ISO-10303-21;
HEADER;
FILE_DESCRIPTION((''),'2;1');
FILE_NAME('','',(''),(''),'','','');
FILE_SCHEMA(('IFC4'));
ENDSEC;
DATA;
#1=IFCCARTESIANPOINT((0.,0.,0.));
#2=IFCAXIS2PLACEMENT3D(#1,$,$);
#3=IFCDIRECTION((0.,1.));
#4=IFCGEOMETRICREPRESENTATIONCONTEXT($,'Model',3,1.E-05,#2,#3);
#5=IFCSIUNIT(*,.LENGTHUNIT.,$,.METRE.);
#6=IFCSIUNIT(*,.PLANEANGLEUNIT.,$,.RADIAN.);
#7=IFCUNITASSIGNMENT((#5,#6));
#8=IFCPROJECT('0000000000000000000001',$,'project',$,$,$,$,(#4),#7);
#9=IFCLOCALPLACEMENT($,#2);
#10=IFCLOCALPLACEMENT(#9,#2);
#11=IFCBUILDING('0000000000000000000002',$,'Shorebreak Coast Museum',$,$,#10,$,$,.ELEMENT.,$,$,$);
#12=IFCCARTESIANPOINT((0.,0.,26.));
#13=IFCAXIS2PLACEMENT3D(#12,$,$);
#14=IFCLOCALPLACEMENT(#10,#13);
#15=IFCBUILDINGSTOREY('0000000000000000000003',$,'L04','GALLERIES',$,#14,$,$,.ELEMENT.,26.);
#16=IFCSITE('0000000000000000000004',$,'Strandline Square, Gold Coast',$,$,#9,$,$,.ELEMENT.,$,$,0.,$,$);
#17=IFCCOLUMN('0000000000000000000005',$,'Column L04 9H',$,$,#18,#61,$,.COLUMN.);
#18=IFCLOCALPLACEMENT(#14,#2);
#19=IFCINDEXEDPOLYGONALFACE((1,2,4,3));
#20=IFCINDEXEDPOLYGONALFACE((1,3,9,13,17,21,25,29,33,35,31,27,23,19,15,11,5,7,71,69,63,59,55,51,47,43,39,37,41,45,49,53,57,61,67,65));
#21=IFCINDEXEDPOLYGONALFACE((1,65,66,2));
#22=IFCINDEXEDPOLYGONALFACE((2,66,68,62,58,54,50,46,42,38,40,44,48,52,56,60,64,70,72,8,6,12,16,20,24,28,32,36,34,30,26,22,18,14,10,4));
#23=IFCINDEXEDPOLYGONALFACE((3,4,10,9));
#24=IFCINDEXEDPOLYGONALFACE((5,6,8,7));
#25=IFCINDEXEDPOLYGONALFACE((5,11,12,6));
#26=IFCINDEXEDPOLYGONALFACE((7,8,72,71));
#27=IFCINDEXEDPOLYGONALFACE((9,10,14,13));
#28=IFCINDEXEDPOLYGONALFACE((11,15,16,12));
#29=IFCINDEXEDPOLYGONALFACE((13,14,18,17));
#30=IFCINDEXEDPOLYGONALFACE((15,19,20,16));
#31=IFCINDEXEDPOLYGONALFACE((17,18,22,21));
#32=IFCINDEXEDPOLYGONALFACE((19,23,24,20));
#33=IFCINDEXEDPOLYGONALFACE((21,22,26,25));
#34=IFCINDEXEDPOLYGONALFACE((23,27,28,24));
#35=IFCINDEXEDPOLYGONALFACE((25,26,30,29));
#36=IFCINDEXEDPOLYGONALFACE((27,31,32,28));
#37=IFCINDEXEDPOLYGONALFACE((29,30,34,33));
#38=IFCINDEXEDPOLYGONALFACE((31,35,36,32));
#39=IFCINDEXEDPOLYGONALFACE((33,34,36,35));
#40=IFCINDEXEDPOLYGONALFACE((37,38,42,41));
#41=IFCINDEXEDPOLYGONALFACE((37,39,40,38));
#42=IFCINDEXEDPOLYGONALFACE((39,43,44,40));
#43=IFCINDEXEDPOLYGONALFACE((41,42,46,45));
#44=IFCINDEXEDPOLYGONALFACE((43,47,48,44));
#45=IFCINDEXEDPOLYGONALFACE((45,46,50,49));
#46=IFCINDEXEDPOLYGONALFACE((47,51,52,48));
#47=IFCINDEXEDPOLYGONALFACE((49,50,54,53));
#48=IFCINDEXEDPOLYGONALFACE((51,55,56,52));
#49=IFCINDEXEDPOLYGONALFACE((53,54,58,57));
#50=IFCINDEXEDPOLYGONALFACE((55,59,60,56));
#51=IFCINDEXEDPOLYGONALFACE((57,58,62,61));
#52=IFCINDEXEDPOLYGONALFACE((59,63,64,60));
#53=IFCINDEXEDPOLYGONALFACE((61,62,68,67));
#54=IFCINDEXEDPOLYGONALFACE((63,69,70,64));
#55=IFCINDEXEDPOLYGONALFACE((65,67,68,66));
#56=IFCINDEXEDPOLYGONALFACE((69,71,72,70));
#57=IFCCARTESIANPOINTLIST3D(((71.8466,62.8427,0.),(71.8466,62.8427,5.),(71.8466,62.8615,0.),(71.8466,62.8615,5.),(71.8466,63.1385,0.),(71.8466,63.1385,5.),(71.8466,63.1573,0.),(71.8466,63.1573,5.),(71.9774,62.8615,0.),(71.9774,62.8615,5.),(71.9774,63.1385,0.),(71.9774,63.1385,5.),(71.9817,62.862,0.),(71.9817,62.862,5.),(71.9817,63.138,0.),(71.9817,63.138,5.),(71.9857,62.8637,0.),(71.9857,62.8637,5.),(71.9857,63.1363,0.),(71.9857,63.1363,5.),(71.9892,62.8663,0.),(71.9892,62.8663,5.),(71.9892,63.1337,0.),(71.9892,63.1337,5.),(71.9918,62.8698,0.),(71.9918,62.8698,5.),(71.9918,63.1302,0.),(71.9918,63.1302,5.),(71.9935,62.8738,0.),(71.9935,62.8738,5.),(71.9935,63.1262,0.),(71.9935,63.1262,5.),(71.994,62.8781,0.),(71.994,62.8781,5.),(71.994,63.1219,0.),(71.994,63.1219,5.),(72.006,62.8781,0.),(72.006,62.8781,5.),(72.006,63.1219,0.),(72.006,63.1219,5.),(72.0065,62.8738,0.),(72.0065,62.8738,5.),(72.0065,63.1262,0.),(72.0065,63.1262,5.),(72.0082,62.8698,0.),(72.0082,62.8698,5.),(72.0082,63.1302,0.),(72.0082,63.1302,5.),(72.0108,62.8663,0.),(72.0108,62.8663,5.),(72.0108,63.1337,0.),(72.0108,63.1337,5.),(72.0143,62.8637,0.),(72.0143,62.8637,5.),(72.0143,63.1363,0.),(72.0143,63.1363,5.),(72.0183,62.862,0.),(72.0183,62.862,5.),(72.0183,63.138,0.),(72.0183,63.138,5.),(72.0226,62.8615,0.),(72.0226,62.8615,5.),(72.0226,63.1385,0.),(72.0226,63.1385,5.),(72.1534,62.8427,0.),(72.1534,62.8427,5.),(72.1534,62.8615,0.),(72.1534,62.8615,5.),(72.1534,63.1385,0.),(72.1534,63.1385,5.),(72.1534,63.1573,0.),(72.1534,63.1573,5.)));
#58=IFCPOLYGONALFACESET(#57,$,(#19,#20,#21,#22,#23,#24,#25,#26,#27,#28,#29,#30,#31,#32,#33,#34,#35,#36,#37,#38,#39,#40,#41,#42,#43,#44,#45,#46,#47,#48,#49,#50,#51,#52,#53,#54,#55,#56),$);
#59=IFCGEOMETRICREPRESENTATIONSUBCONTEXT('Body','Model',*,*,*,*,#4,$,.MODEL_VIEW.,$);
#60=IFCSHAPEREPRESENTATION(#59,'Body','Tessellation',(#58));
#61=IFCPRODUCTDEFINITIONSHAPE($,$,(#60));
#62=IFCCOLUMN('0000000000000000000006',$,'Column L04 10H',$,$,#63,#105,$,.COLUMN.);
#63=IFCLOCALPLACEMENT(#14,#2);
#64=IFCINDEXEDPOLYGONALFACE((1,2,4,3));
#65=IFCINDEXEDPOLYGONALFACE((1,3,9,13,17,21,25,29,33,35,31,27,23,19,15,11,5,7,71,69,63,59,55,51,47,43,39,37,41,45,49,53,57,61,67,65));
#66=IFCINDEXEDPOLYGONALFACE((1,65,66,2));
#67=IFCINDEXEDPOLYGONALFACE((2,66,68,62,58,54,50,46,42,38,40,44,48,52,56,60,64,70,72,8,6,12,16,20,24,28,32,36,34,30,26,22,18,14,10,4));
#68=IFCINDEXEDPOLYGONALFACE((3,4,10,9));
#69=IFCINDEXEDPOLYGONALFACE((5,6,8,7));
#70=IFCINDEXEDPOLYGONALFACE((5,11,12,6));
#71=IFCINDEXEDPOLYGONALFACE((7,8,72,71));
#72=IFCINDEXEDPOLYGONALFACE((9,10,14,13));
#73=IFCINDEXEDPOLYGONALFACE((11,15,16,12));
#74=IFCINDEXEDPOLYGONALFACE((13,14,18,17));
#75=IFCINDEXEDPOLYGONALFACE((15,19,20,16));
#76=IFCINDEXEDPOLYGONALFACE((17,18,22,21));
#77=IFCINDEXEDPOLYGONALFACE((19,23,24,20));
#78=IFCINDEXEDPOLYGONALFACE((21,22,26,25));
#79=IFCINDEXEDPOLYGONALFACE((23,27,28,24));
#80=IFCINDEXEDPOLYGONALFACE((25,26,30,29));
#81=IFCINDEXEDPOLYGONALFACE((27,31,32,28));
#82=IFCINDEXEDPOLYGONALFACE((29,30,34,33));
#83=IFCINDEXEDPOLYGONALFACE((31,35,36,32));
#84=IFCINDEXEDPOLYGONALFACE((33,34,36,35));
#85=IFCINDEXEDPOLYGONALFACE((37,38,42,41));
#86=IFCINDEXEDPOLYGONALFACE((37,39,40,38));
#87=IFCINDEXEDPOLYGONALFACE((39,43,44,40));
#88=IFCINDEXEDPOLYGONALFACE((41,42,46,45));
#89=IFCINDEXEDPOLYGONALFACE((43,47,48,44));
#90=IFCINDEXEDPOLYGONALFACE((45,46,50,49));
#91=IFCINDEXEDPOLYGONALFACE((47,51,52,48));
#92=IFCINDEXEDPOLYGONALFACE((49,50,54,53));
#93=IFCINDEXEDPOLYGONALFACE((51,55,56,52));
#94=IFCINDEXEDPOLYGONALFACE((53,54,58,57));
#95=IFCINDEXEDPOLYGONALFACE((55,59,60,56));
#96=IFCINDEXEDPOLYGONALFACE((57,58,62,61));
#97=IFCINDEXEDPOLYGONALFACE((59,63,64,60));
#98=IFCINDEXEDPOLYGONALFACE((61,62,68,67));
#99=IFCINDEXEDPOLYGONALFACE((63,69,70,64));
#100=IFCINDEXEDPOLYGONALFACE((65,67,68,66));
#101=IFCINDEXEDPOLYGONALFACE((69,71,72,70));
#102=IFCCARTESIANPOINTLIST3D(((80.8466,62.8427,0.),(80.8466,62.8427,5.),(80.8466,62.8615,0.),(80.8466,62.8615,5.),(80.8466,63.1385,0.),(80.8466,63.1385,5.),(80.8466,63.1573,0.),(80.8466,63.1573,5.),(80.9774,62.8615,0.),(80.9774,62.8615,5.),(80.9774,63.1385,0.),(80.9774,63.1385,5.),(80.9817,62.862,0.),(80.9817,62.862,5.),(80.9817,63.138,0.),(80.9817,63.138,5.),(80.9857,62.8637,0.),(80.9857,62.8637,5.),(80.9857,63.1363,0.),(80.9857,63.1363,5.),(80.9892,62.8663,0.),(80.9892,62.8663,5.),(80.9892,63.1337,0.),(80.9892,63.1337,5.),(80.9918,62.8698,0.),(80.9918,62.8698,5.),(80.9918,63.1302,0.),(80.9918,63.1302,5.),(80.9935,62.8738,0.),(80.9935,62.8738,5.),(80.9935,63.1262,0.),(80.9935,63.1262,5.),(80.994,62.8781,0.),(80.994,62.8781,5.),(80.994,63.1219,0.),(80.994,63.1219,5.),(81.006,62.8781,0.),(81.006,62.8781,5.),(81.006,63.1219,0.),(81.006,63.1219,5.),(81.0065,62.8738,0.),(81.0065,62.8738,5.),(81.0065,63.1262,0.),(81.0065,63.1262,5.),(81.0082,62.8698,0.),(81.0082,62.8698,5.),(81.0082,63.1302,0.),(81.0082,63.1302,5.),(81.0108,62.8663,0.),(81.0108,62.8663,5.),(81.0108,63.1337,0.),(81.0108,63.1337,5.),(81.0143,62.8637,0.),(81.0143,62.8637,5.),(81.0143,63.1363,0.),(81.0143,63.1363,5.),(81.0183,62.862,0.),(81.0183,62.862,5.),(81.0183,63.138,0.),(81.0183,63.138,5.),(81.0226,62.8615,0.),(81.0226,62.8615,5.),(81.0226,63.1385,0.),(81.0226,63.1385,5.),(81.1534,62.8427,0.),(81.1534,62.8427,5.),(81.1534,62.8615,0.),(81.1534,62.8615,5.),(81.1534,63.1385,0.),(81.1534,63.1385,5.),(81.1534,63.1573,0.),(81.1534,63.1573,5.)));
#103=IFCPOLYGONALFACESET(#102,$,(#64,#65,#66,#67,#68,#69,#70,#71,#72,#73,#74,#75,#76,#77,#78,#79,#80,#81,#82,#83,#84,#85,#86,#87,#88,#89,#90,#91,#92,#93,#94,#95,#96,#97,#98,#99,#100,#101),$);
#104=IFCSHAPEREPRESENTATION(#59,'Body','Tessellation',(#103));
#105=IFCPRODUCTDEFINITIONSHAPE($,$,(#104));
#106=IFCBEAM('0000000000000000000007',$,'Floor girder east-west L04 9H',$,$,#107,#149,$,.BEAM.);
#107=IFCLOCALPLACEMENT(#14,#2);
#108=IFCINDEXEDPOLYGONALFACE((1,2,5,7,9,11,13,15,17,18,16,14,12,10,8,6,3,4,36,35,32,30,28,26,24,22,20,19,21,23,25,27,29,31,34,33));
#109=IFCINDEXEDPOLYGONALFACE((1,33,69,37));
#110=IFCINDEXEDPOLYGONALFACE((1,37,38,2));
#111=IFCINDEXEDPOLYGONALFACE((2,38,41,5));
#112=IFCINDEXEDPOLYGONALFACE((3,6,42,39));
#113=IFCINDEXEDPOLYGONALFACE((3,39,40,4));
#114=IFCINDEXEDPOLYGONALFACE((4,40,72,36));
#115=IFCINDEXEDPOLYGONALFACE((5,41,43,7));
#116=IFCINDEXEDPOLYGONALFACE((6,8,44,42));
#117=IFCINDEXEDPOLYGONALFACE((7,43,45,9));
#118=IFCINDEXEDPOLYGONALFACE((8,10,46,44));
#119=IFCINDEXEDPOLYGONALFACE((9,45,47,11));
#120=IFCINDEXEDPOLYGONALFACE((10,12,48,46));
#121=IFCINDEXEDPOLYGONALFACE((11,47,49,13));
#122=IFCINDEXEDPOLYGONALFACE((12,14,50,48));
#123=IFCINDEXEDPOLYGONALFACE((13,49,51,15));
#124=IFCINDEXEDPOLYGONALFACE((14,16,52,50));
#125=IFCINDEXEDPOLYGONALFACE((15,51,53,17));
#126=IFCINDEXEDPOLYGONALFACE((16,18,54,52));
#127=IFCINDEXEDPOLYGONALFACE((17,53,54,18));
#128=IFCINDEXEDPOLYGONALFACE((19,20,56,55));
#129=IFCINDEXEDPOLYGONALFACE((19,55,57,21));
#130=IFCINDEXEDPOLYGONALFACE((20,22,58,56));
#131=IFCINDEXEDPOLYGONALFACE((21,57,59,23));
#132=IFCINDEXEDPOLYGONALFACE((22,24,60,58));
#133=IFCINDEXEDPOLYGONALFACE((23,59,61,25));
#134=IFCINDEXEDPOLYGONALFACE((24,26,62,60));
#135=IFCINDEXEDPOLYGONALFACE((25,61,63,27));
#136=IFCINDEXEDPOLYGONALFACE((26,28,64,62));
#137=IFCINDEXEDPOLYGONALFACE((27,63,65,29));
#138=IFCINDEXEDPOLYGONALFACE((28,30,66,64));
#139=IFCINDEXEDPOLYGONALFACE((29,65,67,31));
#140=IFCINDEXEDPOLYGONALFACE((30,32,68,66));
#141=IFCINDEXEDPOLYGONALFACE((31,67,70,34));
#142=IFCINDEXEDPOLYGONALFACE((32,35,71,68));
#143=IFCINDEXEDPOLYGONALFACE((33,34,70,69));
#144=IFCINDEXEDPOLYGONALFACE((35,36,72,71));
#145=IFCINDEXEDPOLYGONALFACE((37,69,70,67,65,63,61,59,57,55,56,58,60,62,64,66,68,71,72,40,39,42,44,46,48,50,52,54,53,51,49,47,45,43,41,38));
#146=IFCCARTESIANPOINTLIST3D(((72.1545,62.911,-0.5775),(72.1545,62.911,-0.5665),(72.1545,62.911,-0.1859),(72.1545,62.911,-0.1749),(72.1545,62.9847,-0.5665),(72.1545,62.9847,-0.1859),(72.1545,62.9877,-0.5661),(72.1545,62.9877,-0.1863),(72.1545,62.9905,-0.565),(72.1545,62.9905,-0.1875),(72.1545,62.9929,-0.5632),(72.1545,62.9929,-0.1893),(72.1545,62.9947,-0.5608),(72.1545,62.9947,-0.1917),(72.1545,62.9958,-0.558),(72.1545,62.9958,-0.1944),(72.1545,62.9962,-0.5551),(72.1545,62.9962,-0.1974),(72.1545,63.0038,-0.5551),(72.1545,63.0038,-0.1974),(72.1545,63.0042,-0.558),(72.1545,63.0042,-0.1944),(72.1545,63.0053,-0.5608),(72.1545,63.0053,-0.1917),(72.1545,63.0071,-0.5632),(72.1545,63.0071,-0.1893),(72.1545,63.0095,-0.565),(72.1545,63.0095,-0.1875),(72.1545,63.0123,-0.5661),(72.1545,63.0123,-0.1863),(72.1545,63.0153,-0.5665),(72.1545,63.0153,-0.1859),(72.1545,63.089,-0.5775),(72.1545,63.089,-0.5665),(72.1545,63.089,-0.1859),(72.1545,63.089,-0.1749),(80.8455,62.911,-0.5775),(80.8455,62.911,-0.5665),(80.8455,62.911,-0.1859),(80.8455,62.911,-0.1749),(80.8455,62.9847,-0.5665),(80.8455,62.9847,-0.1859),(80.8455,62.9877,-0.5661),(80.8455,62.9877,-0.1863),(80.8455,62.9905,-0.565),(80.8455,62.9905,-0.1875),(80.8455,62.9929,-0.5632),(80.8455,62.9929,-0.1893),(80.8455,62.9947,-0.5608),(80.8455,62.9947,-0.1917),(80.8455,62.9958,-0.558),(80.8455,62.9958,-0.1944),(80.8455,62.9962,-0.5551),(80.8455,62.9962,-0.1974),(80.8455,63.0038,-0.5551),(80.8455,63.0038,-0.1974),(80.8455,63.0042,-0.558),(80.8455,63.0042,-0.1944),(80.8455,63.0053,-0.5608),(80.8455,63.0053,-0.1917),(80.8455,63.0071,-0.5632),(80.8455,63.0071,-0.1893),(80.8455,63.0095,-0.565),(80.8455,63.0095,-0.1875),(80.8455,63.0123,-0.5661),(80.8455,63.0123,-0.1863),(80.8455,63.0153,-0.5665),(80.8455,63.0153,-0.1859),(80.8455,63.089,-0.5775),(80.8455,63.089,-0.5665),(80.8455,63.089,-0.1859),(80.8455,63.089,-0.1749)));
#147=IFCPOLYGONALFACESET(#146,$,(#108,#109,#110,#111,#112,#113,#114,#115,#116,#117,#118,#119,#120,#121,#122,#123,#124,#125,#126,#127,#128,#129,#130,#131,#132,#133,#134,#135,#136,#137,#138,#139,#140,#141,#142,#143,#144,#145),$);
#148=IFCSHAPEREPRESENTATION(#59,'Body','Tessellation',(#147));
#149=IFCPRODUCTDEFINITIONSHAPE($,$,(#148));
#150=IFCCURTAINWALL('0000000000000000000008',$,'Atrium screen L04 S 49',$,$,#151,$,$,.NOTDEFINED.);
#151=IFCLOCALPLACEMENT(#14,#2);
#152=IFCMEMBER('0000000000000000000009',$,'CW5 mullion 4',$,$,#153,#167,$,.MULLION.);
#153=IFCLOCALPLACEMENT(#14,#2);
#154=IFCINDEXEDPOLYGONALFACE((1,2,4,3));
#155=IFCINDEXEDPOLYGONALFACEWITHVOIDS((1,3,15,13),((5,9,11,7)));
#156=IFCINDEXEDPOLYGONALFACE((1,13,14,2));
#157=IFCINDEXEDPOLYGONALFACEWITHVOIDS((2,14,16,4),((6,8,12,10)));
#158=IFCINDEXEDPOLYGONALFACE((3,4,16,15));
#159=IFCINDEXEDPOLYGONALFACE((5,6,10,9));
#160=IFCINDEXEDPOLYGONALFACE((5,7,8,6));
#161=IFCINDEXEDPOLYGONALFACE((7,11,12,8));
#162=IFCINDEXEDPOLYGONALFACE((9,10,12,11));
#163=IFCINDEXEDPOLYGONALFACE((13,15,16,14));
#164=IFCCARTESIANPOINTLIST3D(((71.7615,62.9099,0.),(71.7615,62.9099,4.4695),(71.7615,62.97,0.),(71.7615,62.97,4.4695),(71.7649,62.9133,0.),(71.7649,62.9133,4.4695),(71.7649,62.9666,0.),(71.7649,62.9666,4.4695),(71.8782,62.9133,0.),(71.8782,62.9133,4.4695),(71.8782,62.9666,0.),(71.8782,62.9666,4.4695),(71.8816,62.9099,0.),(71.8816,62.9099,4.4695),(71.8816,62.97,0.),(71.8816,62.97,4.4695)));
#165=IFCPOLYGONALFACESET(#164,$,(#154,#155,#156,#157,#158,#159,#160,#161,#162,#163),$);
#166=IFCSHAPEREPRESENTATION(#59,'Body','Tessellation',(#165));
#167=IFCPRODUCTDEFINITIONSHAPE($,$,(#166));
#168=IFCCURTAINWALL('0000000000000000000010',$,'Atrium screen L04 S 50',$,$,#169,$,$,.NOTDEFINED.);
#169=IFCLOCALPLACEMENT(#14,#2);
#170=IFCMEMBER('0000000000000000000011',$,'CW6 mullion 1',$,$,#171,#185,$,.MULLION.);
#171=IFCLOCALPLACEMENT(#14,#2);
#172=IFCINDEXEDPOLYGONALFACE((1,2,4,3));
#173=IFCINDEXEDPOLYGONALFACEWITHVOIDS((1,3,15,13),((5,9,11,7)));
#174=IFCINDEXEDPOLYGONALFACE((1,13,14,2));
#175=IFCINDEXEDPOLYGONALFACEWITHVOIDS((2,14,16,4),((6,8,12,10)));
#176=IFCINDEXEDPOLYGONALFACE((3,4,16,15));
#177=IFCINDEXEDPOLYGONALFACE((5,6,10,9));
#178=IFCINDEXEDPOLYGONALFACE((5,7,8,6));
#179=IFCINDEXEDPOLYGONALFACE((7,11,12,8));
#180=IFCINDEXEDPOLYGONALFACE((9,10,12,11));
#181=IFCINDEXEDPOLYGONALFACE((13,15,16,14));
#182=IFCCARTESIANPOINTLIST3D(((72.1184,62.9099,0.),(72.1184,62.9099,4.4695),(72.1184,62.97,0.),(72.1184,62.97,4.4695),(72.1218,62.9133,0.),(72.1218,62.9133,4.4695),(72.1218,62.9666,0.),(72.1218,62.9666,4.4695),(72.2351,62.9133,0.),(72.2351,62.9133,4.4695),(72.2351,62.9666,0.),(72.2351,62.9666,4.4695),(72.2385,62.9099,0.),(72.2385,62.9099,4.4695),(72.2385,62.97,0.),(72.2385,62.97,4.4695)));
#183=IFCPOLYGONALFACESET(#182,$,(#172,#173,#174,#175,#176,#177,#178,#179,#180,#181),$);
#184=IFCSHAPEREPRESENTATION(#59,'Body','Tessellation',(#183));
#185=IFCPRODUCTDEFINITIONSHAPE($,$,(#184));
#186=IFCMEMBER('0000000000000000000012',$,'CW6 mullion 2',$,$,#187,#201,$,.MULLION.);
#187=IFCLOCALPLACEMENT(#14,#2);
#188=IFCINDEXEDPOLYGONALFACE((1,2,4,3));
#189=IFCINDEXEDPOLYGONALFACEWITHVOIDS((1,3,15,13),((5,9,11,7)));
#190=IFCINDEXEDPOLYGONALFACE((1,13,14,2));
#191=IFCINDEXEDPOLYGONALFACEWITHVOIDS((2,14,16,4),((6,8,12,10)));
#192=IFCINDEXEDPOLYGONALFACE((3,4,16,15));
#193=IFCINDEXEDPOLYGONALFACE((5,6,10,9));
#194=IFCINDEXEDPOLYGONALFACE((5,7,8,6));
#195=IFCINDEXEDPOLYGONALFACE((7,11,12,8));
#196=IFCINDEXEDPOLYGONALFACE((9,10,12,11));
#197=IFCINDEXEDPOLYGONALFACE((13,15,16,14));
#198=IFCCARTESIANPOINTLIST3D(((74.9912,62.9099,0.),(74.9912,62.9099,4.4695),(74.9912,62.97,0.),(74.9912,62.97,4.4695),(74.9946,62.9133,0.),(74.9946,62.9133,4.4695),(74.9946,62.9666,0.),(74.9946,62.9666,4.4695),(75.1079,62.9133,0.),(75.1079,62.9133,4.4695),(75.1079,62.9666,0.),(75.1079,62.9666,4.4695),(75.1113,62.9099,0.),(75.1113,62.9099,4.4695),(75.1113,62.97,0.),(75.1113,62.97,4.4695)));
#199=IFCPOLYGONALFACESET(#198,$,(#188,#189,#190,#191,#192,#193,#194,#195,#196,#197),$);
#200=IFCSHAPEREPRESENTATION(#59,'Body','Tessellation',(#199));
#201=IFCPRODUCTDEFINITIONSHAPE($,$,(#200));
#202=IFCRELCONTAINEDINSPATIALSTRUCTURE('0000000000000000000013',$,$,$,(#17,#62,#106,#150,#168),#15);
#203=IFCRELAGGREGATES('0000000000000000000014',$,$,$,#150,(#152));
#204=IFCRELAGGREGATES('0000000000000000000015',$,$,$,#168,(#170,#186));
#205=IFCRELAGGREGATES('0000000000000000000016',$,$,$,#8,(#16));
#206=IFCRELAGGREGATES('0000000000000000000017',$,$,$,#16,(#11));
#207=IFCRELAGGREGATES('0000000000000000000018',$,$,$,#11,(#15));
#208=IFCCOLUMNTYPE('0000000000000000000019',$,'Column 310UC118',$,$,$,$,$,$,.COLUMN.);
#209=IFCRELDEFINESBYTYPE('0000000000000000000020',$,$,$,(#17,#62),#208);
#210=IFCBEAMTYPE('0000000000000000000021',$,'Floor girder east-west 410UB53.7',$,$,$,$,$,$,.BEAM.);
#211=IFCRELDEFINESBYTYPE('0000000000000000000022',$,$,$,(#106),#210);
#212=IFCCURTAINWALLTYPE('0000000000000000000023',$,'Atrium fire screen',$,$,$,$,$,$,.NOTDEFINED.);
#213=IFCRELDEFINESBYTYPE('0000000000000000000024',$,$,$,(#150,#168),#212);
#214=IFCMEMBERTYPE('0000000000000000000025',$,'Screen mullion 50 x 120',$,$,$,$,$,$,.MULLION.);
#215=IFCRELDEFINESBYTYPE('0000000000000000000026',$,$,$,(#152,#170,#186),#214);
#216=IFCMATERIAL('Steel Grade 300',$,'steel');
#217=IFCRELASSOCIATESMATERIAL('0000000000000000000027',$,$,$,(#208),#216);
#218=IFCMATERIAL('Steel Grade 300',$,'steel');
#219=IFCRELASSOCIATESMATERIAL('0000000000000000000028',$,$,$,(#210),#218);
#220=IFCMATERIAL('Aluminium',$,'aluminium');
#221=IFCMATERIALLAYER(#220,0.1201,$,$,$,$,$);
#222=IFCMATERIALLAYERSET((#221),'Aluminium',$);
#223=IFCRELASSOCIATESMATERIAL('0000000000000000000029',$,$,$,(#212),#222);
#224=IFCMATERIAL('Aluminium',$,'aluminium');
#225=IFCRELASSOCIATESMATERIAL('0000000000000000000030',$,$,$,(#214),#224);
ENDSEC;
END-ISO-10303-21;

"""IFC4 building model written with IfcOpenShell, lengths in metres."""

from ifc_helpers import new_model, si_unit, direction, frame, origin, origin_2d, place, context, subcontext, project, spatial, hollow_rectangle, i_section, extrude, material, layer, layer_set, material_profile, profile_set, type_object, element, aggregate, save


model = new_model("IFC4")

# Units and contexts
model_context = context("Model", 3, precision=1e-05, world=origin(), true_north=direction((0.0, 1.0)))
body_context = subcontext(model_context, "Body", "Model", "MODEL_VIEW")
ifc_project = project(units=[si_unit("LENGTHUNIT", "METRE"), si_unit("PLANEANGLEUNIT", "RADIAN")], contexts=[model_context])

# Site, building, storey
site_placement = place(None, origin())
site = spatial("IfcSite", under=ifc_project, at=site_placement, Name="Strandline Square, Gold Coast", CompositionType="ELEMENT", RefElevation=0.0)
building_placement = place(site_placement, origin())
building = spatial("IfcBuilding", under=site, at=building_placement, Name="Shorebreak Coast Museum", CompositionType="ELEMENT")
storey_placement = place(building_placement, frame((0.0, 0.0, 26.0)))
storey = spatial("IfcBuildingStorey", under=building, at=storey_placement, Name="L04", Description="GALLERIES", CompositionType="ELEMENT", Elevation=26.0)

# Columns
ifc_material_1 = material(Name="Steel Grade 300", Category="steel")
ifc_material_profile_1 = material_profile(ifc_material_1, i_section(OverallWidth=0.3069, OverallDepth=0.3147, WebThickness=0.012, FlangeThickness=0.0188, FilletRadius=0.0166, at=origin_2d()), Name="310UC118")
ifc_profile_set_1 = profile_set([ifc_material_profile_1], Name="Steel Grade 300")
column_type = type_object("IfcColumnType", Name="Column 310UC118", PredefinedType="COLUMN", material=ifc_profile_set_1)
for number, where, z_axis, x_axis, name in (
    (1, (72.0, 63.0, 0.0), (0.0, 0.0, 1.0), (1.0, 0.0, 0.0), "Column L04 9H"),
    (2, (81.0, 63.0, 0.0), (0.0, 0.0, 1.0), (1.0, 0.0, 0.0), "Column L04 10H"),
):
    element("IfcColumn", number, at=place(storey_placement, frame(where, z_axis=z_axis, x_axis=x_axis)), inside=storey, type_object=column_type, Name=name, PredefinedType="COLUMN", context=body_context, shape_type="SweptSolid", body=[
        extrude(i_section(OverallWidth=0.3069, OverallDepth=0.3147, WebThickness=0.012, FlangeThickness=0.0188, FilletRadius=0.0166, at=origin_2d()), origin(), (0.0, 0.0, 1.0), 5.0),
    ])

# Beam
ifc_material_2 = material(Name="Steel Grade 300", Category="steel")
ifc_material_profile_2 = material_profile(ifc_material_2, i_section(OverallWidth=0.178, OverallDepth=0.4026, WebThickness=0.0076, FlangeThickness=0.011, FilletRadius=0.0115, at=origin_2d()), Name="410UB53.7")
ifc_profile_set_2 = profile_set([ifc_material_profile_2], Name="Steel Grade 300")
beam_type = type_object("IfcBeamType", Name="Floor girder east-west 410UB53.7", PredefinedType="BEAM", material=ifc_profile_set_2)
beam_placement = place(storey_placement, frame((72.1545, 63.0, -0.3762), z_axis=(1.0, 0.0, 0.0), x_axis=(0.0, 1.0, 0.0)))
element("IfcBeam", 3, at=beam_placement, inside=storey, type_object=beam_type, Name="Floor girder east-west L04 9H", PredefinedType="BEAM", context=body_context, shape_type="SweptSolid", body=[
    extrude(i_section(OverallWidth=0.178, OverallDepth=0.4026, WebThickness=0.0076, FlangeThickness=0.011, FilletRadius=0.0115, at=origin_2d()), origin(), (0.0, 0.0, 1.0), 8.6909),
])

# Curtain wall, member
ifc_material_3 = material(Name="Aluminium", Category="aluminium")
ifc_layer_1 = layer(ifc_material_3, 0.1201)
ifc_layer_set_1 = layer_set([ifc_layer_1], Name="Aluminium")
curtain_wall_type = type_object("IfcCurtainWallType", Name="Atrium fire screen", PredefinedType="NOTDEFINED", material=ifc_layer_set_1)
curtain_wall_1_placement = place(storey_placement, origin())
curtain_wall_1 = element("IfcCurtainWall", 4, at=curtain_wall_1_placement, inside=storey, type_object=curtain_wall_type, Name="Atrium screen L04 S 49", PredefinedType="NOTDEFINED")
ifc_material_4 = material(Name="Aluminium", Category="aluminium")
ifc_material_profile_3 = material_profile(ifc_material_4, hollow_rectangle(XDim=0.0601, YDim=0.1201, WallThickness=0.0034, at=origin_2d()), Name="AL 120x60 RHS")
ifc_profile_set_3 = profile_set([ifc_material_profile_3], Name="Aluminium")
member_type_1 = type_object("IfcMemberType", Name="Screen mullion 50 x 120", PredefinedType="MULLION", material=ifc_profile_set_3)
member_1_placement = place(storey_placement, frame((71.8215, 62.9399, 0.0), z_axis=(0.0, 0.0, 1.0), x_axis=(0.0, 1.0, 0.0)))
member_1 = element("IfcMember", 5, at=member_1_placement, type_object=member_type_1, Name="CW5 mullion 4", PredefinedType="MULLION", context=body_context, shape_type="SweptSolid", body=[
    extrude(hollow_rectangle(XDim=0.0601, YDim=0.1201, WallThickness=0.0034, at=origin_2d()), origin(), (0.0, 0.0, 1.0), 4.4695),
])

# Curtain wall, members
curtain_wall_2_placement = place(storey_placement, origin())
curtain_wall_2 = element("IfcCurtainWall", 6, at=curtain_wall_2_placement, inside=storey, type_object=curtain_wall_type, Name="Atrium screen L04 S 50", PredefinedType="NOTDEFINED")
member_2_placement = place(storey_placement, frame((72.1785, 62.9399, 0.0), z_axis=(0.0, 0.0, 1.0), x_axis=(0.0, 1.0, 0.0)))
member_2 = element("IfcMember", 7, at=member_2_placement, type_object=member_type_1, Name="CW6 mullion 1", PredefinedType="MULLION", context=body_context, shape_type="SweptSolid", body=[
    extrude(hollow_rectangle(XDim=0.0601, YDim=0.1201, WallThickness=0.0034, at=origin_2d()), origin(), (0.0, 0.0, 1.0), 4.4695),
])
member_3_placement = place(storey_placement, frame((75.0513, 62.9399, 0.0), z_axis=(0.0, 0.0, 1.0), x_axis=(0.0, 1.0, 0.0)))
member_3 = element("IfcMember", 8, at=member_3_placement, type_object=member_type_1, Name="CW6 mullion 2", PredefinedType="MULLION", context=body_context, shape_type="SweptSolid", body=[
    extrude(hollow_rectangle(XDim=0.0601, YDim=0.1201, WallThickness=0.0034, at=origin_2d()), origin(), (0.0, 0.0, 1.0), 4.4695),
])

aggregate(curtain_wall_1, [member_1])
aggregate(curtain_wall_2, [member_2, member_3])

save(model, "model.ifc")
